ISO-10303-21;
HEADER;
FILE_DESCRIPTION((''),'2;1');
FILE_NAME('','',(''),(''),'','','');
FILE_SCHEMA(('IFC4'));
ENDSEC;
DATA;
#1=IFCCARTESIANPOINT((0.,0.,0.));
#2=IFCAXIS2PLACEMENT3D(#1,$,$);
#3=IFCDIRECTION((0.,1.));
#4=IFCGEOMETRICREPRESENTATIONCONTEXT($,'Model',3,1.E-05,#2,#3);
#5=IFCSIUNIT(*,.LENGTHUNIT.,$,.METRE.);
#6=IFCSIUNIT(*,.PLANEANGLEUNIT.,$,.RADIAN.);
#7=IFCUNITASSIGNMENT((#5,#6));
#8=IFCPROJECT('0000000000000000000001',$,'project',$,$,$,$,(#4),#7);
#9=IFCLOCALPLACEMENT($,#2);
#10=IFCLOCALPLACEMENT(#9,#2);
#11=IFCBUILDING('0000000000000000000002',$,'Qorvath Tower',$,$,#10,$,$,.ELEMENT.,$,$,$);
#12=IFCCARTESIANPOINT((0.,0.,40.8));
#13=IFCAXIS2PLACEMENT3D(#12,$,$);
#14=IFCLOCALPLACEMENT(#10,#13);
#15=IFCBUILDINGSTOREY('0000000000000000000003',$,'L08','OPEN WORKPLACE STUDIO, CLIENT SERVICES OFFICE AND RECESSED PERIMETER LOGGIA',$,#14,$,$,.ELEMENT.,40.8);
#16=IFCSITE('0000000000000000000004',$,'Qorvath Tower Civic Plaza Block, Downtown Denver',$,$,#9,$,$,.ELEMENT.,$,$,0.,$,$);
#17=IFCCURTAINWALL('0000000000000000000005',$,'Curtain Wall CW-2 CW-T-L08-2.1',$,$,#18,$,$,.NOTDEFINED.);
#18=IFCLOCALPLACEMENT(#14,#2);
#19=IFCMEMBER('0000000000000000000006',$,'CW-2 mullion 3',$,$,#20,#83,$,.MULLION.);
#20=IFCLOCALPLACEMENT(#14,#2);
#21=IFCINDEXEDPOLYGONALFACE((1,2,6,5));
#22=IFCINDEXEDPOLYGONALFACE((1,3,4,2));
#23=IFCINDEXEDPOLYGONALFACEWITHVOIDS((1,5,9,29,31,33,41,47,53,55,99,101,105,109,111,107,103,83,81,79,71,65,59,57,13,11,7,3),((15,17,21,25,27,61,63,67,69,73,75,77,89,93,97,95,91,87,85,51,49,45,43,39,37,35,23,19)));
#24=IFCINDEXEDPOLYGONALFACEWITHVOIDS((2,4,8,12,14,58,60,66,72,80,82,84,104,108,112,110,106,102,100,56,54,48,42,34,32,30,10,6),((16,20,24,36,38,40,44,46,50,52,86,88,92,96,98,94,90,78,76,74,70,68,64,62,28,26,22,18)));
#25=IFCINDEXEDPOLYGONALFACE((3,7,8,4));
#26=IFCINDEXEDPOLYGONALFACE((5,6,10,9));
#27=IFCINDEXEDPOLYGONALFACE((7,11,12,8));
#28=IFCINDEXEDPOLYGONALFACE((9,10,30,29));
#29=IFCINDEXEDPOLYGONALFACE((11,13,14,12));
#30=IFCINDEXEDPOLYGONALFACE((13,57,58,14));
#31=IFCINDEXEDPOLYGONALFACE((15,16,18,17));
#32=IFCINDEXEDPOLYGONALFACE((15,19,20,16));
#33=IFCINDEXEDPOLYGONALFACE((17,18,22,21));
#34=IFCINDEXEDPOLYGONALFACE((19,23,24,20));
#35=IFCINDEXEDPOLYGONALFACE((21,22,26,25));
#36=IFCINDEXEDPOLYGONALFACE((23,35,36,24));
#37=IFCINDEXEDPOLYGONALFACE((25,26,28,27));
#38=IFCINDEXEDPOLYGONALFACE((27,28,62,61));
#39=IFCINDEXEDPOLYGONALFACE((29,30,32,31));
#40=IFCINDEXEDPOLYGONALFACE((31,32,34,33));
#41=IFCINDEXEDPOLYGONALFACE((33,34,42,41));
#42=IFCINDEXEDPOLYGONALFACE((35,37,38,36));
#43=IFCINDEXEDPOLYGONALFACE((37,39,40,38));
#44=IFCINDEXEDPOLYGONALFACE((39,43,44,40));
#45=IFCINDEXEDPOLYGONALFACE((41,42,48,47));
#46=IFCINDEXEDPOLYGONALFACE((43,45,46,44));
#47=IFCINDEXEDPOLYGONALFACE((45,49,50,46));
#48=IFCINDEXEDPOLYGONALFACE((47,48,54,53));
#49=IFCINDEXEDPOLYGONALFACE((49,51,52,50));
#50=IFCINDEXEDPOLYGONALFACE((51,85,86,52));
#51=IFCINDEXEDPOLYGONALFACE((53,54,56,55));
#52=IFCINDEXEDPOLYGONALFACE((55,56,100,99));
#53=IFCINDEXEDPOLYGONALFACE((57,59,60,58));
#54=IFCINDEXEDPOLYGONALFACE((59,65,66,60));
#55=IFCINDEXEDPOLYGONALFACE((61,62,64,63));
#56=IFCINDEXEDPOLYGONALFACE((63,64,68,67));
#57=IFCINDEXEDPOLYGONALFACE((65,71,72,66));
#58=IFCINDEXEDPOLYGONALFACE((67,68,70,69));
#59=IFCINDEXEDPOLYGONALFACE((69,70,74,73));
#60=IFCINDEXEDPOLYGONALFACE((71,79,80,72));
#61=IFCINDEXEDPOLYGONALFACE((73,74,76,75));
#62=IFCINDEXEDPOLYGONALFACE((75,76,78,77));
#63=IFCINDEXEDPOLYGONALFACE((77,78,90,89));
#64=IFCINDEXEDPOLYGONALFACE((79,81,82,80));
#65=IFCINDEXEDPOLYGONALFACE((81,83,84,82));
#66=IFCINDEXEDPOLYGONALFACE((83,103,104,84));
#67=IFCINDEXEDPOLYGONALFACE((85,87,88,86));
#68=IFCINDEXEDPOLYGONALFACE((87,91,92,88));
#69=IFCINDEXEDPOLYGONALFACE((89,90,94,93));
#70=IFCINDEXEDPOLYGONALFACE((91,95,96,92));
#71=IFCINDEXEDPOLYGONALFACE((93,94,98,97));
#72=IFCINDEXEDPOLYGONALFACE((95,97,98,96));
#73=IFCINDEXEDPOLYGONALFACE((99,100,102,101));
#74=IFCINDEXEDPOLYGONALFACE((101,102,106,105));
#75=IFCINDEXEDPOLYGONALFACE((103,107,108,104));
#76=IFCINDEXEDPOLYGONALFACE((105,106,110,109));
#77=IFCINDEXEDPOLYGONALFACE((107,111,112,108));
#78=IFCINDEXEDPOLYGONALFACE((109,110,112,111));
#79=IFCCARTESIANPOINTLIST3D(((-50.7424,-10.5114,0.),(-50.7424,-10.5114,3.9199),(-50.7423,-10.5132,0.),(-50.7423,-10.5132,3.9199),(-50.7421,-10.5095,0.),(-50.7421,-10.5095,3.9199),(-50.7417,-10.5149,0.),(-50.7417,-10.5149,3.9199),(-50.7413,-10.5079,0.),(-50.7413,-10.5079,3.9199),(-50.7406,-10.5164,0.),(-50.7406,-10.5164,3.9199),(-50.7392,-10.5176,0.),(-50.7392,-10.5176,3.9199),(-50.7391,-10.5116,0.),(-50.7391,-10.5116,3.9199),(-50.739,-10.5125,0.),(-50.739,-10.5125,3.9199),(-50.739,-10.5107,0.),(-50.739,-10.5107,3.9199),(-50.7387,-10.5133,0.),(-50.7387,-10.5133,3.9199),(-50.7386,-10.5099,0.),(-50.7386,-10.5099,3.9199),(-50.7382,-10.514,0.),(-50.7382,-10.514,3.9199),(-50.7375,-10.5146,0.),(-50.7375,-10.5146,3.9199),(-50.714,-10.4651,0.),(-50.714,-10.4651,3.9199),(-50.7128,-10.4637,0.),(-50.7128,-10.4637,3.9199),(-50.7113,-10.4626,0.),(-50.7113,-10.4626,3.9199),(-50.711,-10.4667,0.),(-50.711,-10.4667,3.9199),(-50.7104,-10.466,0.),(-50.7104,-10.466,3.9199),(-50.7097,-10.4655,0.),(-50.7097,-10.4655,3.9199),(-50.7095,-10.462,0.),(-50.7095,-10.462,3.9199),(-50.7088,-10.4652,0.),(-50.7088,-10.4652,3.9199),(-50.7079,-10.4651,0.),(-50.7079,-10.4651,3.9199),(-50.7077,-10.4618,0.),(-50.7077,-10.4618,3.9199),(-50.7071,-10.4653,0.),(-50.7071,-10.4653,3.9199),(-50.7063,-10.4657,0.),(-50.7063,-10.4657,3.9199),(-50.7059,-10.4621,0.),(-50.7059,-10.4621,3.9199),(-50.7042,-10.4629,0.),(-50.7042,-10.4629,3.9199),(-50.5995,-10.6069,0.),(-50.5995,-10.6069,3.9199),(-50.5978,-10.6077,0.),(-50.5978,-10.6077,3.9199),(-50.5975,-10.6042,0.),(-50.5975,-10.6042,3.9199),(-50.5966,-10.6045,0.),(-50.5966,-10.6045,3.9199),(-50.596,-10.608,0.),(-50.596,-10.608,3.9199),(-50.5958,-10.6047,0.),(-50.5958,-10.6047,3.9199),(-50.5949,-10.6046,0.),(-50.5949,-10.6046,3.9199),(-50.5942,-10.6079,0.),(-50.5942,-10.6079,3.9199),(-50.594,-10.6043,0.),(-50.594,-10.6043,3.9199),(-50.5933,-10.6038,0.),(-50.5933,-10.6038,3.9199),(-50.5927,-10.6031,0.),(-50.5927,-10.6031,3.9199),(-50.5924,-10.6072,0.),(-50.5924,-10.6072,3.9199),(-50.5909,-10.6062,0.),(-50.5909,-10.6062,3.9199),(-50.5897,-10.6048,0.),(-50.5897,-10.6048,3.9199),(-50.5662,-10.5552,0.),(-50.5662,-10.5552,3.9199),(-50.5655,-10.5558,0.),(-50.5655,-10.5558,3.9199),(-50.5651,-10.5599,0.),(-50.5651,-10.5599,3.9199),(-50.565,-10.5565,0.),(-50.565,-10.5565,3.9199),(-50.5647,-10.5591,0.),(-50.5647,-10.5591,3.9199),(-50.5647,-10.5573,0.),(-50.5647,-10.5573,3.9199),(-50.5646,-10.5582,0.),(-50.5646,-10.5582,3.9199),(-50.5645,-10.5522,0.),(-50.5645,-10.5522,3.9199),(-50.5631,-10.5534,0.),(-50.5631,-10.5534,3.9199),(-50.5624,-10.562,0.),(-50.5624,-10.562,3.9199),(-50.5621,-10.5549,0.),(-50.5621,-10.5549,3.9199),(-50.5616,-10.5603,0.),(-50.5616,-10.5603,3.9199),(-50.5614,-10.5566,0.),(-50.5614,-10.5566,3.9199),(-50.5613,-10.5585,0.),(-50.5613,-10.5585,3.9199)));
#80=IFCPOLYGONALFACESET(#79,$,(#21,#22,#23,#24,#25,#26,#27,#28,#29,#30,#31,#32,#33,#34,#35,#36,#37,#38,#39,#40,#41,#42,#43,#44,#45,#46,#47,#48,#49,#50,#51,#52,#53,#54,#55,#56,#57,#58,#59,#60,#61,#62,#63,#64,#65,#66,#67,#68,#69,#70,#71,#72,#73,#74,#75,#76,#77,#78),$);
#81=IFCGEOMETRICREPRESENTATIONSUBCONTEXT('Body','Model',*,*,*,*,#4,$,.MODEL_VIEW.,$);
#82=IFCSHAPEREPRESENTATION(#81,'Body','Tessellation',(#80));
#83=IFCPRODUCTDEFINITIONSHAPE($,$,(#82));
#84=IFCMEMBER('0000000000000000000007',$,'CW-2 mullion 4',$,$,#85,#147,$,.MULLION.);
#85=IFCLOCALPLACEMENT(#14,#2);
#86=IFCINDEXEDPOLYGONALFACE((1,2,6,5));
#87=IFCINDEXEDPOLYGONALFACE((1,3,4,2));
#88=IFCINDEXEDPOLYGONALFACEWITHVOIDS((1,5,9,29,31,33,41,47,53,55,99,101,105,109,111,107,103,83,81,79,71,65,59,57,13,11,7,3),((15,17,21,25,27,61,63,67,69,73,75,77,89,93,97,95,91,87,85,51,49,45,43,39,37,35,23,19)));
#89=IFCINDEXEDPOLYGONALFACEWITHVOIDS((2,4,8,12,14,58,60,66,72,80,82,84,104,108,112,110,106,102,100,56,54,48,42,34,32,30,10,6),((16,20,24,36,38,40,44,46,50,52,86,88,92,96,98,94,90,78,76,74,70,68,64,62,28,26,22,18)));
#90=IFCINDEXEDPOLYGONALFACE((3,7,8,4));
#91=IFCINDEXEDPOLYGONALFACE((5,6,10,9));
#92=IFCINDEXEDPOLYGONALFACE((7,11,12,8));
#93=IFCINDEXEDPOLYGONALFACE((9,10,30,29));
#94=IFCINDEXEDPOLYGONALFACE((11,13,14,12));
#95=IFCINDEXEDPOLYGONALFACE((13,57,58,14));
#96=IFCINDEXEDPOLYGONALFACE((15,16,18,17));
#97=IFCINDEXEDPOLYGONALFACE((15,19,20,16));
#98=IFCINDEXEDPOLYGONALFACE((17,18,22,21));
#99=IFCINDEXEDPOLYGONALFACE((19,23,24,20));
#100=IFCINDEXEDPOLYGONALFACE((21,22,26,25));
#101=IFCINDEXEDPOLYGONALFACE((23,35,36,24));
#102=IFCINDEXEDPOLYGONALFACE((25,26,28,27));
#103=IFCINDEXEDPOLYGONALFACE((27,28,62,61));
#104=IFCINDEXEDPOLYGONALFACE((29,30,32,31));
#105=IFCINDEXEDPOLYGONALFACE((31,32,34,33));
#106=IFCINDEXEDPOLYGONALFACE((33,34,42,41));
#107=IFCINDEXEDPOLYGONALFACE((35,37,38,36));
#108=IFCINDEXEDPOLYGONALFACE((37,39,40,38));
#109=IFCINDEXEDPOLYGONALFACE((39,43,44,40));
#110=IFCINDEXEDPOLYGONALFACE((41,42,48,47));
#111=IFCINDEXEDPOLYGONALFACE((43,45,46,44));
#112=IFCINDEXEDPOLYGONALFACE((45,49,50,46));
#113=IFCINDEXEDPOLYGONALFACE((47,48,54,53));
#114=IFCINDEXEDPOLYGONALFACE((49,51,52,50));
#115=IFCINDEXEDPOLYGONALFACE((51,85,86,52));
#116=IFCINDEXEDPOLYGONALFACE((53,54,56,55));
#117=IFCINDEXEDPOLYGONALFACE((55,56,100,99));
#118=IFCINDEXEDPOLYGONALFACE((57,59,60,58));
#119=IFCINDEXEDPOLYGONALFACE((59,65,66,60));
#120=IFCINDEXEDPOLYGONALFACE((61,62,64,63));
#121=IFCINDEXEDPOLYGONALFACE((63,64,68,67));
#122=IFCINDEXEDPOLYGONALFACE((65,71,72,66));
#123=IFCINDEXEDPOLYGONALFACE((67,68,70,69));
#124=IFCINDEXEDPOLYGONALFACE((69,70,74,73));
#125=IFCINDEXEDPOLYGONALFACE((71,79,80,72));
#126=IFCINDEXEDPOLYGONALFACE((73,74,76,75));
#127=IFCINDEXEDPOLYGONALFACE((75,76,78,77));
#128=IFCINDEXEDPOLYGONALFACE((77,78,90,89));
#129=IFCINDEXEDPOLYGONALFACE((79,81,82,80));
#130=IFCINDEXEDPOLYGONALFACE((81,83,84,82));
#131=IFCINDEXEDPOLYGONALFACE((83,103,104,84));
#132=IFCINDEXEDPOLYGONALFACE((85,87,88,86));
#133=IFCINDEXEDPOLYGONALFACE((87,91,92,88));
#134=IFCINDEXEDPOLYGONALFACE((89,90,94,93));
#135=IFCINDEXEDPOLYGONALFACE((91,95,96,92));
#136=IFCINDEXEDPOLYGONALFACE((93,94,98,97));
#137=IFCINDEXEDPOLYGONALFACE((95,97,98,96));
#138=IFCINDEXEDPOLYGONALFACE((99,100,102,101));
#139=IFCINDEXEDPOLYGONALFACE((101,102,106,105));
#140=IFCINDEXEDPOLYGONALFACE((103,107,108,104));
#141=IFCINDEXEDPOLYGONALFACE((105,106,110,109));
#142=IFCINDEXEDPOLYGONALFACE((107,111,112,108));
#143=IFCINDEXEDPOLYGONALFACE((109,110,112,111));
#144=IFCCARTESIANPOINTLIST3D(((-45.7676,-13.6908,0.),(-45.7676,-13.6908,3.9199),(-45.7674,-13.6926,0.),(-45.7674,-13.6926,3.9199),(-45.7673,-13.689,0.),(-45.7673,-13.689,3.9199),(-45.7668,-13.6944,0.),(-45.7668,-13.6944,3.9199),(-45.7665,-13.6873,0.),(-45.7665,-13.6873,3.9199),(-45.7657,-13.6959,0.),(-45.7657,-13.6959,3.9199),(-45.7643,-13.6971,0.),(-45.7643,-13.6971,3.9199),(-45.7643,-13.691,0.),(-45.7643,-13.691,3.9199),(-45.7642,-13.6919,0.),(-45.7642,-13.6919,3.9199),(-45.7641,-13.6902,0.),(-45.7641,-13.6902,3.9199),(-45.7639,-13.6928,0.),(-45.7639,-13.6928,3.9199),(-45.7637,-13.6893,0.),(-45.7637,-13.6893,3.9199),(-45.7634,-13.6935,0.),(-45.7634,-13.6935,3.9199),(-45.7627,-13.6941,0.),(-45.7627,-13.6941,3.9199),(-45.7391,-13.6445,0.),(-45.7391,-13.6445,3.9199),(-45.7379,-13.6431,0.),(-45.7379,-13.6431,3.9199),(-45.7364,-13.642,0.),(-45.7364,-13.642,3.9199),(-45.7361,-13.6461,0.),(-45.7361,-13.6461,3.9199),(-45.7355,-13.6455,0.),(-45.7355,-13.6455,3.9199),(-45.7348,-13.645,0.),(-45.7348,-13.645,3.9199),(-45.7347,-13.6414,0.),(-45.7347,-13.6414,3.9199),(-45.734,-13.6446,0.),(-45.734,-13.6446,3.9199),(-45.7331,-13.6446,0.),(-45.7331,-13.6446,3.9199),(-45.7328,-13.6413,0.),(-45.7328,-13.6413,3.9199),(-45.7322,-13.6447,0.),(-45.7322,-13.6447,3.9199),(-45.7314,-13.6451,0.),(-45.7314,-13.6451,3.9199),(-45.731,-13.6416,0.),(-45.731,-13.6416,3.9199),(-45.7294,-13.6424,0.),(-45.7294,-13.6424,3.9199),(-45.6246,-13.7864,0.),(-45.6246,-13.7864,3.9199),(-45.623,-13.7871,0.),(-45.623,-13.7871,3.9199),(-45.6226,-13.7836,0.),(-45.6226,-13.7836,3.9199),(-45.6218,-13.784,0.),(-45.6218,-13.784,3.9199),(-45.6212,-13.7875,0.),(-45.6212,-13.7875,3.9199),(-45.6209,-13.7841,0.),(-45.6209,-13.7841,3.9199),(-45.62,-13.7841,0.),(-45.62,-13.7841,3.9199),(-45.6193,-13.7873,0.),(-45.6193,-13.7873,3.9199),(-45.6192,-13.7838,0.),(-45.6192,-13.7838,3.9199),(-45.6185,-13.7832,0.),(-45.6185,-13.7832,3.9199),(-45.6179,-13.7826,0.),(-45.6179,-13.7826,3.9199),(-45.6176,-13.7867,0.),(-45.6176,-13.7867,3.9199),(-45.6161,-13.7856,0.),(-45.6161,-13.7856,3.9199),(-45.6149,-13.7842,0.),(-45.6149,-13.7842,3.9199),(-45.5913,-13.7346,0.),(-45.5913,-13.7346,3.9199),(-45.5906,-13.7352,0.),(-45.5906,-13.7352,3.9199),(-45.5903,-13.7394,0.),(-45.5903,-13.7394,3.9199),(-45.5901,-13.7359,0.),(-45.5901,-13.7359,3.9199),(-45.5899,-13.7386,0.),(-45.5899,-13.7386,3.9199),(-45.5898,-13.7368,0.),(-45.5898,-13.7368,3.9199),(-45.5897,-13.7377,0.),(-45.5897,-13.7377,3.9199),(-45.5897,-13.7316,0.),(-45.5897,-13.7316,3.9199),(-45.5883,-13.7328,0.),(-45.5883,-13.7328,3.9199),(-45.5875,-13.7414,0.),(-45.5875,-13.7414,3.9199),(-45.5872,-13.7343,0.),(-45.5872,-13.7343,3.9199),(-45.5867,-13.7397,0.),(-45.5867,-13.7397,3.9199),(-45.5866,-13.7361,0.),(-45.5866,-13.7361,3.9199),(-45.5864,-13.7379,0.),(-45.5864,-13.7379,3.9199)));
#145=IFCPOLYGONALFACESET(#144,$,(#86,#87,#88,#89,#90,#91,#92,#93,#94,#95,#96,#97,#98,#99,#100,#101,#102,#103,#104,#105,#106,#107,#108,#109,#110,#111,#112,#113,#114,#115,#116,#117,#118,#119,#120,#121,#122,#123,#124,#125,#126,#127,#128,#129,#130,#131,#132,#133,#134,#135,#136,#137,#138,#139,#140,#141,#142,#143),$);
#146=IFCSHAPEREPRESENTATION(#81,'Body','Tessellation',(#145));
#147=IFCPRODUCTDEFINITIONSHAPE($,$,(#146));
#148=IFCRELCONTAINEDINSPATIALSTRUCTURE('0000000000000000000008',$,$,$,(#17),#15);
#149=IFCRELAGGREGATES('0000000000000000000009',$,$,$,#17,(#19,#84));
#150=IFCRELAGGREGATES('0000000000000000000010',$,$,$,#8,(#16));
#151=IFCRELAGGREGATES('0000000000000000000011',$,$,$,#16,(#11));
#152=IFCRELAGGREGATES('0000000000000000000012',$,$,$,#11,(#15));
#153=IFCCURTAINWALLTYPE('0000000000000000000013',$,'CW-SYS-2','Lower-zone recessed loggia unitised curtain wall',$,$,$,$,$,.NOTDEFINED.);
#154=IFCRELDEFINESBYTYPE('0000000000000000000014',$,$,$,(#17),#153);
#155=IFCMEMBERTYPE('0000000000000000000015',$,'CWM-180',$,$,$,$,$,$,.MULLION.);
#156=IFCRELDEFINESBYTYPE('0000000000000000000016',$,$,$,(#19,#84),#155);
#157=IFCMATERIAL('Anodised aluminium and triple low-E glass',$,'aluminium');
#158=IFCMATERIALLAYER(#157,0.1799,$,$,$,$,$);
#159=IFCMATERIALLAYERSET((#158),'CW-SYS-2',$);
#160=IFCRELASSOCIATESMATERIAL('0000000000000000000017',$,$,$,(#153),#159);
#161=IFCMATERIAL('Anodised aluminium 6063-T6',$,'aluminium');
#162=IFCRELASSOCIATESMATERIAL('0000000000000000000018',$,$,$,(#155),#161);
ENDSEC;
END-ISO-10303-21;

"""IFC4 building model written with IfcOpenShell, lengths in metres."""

from ifc_helpers import new_model, si_unit, direction, frame, origin, origin_2d, place, context, subcontext, project, spatial, hollow_rectangle, extrude, material, layer, layer_set, material_profile, profile_set, type_object, element, aggregate, save


model = new_model("IFC4")

# Units and contexts
model_context = context("Model", 3, precision=1e-05, world=origin(), true_north=direction((0.0, 1.0)))
body_context = subcontext(model_context, "Body", "Model", "MODEL_VIEW")
ifc_project = project(units=[si_unit("LENGTHUNIT", "METRE"), si_unit("PLANEANGLEUNIT", "RADIAN")], contexts=[model_context])

# Site, building, storey
site_placement = place(None, origin())
site = spatial("IfcSite", under=ifc_project, at=site_placement, Name="Qorvath Tower Civic Plaza Block, Downtown Denver", CompositionType="ELEMENT", RefElevation=0.0)
building_placement = place(site_placement, origin())
building = spatial("IfcBuilding", under=site, at=building_placement, Name="Qorvath Tower", CompositionType="ELEMENT")
storey_placement = place(building_placement, frame((0.0, 0.0, 40.8)))
storey = spatial("IfcBuildingStorey", under=building, at=storey_placement, Name="L08", Description="OPEN WORKPLACE STUDIO, CLIENT SERVICES OFFICE AND RECESSED PERIMETER LOGGIA", CompositionType="ELEMENT", Elevation=40.8)

# Curtain wall, members
ifc_material_1 = material(Name="Anodised aluminium and triple low-E glass", Category="aluminium")
ifc_layer_1 = layer(ifc_material_1, 0.1799)
ifc_layer_set_1 = layer_set([ifc_layer_1], Name="CW-SYS-2")
curtain_wall_type = type_object("IfcCurtainWallType", Name="CW-SYS-2", Description="Lower-zone recessed loggia unitised curtain wall", PredefinedType="NOTDEFINED", material=ifc_layer_set_1)
curtain_wall_placement = place(storey_placement, origin())
curtain_wall = element("IfcCurtainWall", 1, at=curtain_wall_placement, inside=storey, type_object=curtain_wall_type, Name="Curtain Wall CW-2 CW-T-L08-2.1", PredefinedType="NOTDEFINED")
ifc_material_2 = material(Name="Anodised aluminium 6063-T6", Category="aluminium")
ifc_material_profile_1 = material_profile(ifc_material_2, hollow_rectangle(XDim=0.0649, YDim=0.1799, WallThickness=0.0034, InnerFilletRadius=0.0034, OuterFilletRadius=0.0071, at=origin_2d()), Name="CWM 180x65")
ifc_profile_set_1 = profile_set([ifc_material_profile_1], Name="Anodised aluminium 6063-T6")
member_type_1 = type_object("IfcMemberType", Name="CWM-180", PredefinedType="MULLION", material=ifc_profile_set_1)
member_1_placement = place(storey_placement, frame((-50.6519, -10.5349, 0.0), z_axis=(0.0, 0.0, 1.0), x_axis=(0.538532, 0.842605, 0.0)))
member_1 = element("IfcMember", 2, at=member_1_placement, type_object=member_type_1, Name="CW-2 mullion 3", PredefinedType="MULLION", context=body_context, shape_type="SweptSolid", body=[
    extrude(hollow_rectangle(XDim=0.0649, YDim=0.1799, WallThickness=0.0034, InnerFilletRadius=0.0034, OuterFilletRadius=0.0071, at=origin_2d()), origin(), (0.0, 0.0, 1.0), 3.9199),
])
member_2_placement = place(storey_placement, frame((-45.677, -13.7144, 0.0), z_axis=(0.0, 0.0, 1.0), x_axis=(0.538532, 0.842605, 0.0)))
member_2 = element("IfcMember", 3, at=member_2_placement, type_object=member_type_1, Name="CW-2 mullion 4", PredefinedType="MULLION", context=body_context, shape_type="SweptSolid", body=[
    extrude(hollow_rectangle(XDim=0.0649, YDim=0.1799, WallThickness=0.0034, InnerFilletRadius=0.0034, OuterFilletRadius=0.0071, at=origin_2d()), origin(), (0.0, 0.0, 1.0), 3.9199),
])
aggregate(curtain_wall, [member_1, member_2])

save(model, "model.ifc")
